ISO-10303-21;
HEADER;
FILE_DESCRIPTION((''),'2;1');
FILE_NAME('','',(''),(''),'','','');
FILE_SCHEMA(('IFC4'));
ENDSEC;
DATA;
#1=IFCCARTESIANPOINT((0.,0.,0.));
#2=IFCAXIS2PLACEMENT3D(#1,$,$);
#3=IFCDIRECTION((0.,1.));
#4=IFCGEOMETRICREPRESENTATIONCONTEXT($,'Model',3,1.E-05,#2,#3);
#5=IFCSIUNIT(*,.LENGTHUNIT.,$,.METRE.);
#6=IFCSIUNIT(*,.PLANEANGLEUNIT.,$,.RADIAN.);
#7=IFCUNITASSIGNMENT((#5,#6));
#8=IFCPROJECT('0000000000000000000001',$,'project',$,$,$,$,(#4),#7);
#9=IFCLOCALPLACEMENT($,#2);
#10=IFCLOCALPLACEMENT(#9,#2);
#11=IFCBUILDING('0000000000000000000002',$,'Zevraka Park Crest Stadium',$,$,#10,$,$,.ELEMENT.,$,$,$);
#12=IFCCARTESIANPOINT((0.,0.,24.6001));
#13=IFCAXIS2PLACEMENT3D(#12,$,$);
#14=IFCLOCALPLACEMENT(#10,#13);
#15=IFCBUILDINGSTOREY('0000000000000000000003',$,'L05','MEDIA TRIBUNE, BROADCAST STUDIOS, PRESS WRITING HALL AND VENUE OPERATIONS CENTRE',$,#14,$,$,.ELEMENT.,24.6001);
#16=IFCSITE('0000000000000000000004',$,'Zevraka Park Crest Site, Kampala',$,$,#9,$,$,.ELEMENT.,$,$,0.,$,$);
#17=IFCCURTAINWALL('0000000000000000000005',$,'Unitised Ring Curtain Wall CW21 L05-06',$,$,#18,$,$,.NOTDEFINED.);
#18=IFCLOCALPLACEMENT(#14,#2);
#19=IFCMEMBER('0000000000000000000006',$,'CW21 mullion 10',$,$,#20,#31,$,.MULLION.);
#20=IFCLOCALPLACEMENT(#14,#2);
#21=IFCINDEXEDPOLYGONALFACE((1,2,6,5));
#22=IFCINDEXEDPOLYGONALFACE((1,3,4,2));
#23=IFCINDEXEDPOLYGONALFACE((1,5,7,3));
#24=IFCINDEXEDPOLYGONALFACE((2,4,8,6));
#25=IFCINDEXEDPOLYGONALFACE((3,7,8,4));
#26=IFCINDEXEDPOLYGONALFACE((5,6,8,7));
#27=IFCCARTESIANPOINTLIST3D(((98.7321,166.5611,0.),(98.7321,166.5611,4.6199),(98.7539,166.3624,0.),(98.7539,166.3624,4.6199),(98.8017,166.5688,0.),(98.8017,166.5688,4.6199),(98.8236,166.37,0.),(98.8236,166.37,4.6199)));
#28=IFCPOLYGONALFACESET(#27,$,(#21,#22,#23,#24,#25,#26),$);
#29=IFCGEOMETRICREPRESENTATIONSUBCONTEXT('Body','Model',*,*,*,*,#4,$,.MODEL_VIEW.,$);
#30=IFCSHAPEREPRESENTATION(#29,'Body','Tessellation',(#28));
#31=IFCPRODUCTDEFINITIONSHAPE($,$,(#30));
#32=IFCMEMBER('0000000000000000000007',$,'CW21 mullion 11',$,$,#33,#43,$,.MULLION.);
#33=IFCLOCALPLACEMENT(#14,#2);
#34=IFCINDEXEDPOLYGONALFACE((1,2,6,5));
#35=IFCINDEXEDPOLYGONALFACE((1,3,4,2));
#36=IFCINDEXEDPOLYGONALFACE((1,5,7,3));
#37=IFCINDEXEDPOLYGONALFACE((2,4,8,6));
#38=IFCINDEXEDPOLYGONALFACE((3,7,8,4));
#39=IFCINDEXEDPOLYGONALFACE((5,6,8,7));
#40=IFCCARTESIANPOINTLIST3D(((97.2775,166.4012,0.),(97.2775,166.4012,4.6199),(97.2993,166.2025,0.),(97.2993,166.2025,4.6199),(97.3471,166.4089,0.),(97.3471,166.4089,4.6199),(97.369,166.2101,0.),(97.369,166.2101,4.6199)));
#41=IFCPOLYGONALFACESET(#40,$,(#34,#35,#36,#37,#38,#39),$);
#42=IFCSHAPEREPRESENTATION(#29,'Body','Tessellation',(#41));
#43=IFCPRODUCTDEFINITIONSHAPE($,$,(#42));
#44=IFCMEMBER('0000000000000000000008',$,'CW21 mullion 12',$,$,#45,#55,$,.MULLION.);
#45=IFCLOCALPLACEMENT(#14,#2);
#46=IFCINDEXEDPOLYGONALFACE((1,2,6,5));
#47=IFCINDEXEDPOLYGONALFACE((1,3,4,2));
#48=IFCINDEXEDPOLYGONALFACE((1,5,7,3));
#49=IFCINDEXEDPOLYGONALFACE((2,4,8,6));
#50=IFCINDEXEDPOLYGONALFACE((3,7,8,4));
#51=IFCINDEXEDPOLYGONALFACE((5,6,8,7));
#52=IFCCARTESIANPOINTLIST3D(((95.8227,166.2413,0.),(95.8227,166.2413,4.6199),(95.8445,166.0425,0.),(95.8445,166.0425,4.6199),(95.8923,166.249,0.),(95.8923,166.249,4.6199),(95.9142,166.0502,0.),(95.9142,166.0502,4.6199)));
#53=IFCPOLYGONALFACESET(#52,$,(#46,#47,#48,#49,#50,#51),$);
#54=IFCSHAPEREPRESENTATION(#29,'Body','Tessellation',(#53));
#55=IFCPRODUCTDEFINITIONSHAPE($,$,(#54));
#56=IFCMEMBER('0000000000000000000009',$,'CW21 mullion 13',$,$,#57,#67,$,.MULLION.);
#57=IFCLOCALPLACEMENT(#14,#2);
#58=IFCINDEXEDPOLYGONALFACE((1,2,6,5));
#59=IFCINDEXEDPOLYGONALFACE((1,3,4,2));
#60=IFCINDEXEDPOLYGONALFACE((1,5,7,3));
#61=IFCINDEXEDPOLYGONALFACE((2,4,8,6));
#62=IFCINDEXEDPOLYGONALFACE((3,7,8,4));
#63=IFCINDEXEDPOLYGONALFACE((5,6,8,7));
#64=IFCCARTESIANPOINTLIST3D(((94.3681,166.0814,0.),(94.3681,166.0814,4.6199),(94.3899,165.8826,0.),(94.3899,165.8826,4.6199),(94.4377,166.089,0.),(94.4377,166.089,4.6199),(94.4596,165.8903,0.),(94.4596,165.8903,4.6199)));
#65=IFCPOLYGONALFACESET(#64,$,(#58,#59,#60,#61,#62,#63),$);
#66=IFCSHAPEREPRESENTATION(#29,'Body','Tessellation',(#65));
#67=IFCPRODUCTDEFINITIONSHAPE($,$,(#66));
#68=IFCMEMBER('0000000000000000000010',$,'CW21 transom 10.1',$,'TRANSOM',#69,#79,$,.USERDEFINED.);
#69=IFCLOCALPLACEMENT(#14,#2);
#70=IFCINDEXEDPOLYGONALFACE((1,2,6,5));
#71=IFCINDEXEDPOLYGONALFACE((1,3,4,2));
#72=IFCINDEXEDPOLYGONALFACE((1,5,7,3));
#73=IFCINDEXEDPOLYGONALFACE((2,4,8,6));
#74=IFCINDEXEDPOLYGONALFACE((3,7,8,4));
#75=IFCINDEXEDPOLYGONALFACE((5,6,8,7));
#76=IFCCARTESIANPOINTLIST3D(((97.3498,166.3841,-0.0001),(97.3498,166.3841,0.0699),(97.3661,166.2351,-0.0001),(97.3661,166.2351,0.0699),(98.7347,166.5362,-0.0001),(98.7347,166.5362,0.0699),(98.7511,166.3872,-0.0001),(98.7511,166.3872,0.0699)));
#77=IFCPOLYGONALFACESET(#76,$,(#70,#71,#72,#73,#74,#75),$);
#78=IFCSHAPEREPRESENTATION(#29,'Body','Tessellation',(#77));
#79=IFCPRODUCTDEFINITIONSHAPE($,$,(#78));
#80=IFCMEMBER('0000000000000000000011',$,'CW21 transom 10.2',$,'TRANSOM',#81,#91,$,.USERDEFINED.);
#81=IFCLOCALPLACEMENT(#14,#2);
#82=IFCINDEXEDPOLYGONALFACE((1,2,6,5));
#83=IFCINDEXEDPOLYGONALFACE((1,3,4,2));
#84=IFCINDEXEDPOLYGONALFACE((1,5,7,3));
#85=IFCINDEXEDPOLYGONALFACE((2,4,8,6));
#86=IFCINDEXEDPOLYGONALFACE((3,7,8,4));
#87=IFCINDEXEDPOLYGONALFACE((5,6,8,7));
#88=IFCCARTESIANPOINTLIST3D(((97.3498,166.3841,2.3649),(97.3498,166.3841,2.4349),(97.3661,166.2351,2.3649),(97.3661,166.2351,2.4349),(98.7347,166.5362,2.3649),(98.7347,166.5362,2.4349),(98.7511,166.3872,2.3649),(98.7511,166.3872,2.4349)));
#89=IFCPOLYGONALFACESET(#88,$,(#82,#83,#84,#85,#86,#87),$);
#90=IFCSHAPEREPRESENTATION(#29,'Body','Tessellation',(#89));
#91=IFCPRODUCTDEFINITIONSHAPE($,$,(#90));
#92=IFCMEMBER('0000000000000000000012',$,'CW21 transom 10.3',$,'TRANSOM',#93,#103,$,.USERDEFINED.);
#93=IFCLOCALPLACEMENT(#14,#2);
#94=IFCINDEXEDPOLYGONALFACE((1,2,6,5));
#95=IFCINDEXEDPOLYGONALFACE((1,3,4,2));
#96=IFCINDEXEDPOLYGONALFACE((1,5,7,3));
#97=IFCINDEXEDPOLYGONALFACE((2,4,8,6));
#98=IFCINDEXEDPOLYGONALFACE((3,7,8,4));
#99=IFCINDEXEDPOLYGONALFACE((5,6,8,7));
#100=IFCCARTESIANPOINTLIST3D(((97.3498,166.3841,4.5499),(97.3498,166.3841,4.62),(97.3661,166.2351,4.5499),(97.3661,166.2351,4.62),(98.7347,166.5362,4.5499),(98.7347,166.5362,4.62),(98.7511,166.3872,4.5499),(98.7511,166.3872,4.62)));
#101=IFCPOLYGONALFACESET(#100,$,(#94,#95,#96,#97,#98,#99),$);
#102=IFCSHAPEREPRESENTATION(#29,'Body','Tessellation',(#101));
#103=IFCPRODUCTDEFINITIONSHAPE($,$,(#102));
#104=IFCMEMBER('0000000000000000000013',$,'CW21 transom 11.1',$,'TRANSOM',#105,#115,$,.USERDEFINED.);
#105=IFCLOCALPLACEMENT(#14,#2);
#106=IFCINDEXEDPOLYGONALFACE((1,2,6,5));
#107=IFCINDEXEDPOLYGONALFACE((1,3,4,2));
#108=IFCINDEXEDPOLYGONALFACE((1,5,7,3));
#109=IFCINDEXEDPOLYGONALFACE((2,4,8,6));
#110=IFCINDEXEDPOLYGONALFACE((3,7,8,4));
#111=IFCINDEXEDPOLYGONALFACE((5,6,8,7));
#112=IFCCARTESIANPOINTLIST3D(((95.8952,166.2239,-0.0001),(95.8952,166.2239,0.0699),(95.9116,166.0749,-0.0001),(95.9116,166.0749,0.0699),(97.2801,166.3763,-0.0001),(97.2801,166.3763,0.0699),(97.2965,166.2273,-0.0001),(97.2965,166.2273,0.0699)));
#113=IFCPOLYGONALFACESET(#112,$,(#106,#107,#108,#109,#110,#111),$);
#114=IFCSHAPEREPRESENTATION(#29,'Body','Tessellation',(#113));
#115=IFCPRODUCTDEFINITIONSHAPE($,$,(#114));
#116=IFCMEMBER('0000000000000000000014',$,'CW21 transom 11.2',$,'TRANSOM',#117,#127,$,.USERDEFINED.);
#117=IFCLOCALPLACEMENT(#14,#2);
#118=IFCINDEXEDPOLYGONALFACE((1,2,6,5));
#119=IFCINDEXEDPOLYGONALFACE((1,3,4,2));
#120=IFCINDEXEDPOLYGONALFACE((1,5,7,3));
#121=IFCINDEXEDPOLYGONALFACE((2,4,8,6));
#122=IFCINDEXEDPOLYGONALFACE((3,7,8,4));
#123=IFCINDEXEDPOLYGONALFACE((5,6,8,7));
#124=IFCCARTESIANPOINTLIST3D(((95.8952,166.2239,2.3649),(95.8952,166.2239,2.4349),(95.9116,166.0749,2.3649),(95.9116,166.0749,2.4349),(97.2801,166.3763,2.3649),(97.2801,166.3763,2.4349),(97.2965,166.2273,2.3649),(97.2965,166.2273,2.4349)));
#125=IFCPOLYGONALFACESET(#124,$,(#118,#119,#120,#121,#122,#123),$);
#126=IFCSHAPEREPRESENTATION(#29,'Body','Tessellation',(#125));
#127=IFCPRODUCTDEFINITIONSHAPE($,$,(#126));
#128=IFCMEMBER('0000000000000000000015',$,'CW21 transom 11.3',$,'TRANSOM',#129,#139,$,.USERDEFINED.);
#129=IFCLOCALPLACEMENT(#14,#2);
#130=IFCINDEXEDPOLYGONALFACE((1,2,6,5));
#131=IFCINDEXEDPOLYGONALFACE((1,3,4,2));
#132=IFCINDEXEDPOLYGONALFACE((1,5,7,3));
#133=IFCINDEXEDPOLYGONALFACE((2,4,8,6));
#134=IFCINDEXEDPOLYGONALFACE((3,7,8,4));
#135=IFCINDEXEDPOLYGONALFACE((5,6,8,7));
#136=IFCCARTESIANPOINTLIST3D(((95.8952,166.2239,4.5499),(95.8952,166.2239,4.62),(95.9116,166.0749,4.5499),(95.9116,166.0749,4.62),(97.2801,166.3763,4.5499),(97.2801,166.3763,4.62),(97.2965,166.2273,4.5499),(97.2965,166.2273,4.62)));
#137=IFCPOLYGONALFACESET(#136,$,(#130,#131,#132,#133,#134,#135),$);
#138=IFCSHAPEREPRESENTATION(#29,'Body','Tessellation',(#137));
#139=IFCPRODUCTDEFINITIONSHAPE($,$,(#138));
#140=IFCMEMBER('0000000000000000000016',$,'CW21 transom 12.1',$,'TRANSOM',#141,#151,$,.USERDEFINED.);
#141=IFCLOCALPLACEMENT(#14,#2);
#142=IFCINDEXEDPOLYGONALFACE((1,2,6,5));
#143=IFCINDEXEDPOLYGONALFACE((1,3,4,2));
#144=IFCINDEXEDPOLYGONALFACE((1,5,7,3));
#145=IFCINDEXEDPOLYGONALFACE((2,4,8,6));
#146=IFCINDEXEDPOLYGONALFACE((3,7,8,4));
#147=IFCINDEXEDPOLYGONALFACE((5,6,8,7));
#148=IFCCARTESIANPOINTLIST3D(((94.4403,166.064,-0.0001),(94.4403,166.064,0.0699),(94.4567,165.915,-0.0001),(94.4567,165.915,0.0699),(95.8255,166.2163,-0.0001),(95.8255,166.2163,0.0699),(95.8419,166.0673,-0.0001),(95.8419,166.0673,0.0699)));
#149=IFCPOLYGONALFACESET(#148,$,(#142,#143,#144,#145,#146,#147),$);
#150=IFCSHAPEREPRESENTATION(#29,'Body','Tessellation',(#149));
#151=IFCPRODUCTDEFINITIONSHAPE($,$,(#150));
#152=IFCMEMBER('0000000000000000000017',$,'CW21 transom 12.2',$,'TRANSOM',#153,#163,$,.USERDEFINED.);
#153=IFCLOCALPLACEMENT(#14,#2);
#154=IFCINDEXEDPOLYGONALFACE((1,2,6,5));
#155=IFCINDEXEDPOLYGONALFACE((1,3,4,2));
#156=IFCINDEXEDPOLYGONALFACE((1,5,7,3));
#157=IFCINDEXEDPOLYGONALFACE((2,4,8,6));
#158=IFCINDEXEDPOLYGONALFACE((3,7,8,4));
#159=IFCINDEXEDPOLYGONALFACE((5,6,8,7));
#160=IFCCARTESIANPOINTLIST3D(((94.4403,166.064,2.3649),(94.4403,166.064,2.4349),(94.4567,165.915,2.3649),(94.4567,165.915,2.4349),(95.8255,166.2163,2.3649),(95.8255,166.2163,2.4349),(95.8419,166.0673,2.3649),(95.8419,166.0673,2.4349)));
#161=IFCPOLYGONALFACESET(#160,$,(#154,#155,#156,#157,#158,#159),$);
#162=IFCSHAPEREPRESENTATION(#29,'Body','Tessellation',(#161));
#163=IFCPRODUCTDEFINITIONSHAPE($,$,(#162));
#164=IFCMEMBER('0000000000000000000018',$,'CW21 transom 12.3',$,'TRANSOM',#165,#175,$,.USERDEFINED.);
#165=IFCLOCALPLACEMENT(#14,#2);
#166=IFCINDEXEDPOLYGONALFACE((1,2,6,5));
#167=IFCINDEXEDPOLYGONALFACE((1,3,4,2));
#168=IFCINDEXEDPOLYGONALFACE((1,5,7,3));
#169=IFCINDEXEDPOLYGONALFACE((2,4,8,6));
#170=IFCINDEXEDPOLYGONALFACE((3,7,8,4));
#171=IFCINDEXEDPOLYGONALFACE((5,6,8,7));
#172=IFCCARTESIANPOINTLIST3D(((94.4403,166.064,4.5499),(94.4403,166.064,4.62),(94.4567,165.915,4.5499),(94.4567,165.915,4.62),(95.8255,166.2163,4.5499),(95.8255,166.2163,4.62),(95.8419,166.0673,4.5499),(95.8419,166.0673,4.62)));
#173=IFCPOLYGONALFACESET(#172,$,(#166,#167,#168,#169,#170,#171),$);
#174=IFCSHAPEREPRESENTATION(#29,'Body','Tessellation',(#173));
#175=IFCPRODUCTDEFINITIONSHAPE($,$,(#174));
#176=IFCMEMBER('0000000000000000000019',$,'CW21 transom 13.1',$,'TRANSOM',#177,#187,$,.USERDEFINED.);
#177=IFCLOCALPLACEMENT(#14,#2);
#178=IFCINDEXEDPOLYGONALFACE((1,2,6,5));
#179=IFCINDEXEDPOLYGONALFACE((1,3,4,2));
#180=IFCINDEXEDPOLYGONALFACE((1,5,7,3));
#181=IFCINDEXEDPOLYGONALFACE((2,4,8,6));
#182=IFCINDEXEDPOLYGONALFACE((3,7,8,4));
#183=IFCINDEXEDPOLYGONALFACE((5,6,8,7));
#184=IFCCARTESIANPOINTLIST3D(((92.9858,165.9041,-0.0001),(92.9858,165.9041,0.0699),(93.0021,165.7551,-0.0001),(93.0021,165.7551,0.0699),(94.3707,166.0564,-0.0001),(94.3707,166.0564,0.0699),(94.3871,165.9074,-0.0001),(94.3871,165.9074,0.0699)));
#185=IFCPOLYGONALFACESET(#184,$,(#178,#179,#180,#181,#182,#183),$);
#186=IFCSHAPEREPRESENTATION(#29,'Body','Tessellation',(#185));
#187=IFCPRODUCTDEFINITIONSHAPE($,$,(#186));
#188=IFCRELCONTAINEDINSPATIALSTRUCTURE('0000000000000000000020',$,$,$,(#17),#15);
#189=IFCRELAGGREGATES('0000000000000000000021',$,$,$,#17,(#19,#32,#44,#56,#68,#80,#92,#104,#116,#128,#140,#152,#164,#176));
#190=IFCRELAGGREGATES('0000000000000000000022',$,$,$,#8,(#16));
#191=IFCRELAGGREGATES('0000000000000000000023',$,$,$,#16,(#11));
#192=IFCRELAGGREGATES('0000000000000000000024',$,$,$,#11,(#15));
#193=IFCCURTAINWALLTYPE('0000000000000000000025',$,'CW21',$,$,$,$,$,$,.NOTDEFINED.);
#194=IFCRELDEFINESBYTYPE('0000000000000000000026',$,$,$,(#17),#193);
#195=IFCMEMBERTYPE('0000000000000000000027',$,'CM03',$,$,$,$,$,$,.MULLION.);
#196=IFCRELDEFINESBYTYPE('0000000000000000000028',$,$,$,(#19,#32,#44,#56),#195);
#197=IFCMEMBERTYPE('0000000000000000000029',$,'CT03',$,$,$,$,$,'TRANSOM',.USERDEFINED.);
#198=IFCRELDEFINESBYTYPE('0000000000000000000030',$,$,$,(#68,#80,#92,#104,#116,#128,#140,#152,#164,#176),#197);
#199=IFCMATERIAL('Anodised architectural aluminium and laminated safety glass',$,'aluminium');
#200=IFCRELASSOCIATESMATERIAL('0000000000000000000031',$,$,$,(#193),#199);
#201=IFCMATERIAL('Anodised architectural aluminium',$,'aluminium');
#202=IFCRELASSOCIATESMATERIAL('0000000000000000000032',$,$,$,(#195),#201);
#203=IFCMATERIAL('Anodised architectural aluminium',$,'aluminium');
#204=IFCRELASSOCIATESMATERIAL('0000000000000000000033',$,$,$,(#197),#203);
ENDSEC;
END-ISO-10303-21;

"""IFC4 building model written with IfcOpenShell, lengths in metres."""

from ifc_helpers import new_model, si_unit, direction, frame, origin, origin_2d, place, context, subcontext, project, spatial, rectangle, extrude, material, material_profile, profile_set, type_object, element, aggregate, save


model = new_model("IFC4")

# Units and contexts
model_context = context("Model", 3, precision=1e-05, world=origin(), true_north=direction((0.0, 1.0)))
body_context = subcontext(model_context, "Body", "Model", "MODEL_VIEW")
ifc_project = project(units=[si_unit("LENGTHUNIT", "METRE"), si_unit("PLANEANGLEUNIT", "RADIAN")], contexts=[model_context])

# Site, building, storey
site_placement = place(None, origin())
site = spatial("IfcSite", under=ifc_project, at=site_placement, Name="Zevraka Park Crest Site, Kampala", CompositionType="ELEMENT", RefElevation=0.0)
building_placement = place(site_placement, origin())
building = spatial("IfcBuilding", under=site, at=building_placement, Name="Zevraka Park Crest Stadium", CompositionType="ELEMENT")
storey_placement = place(building_placement, frame((0.0, 0.0, 24.6001)))
storey = spatial("IfcBuildingStorey", under=building, at=storey_placement, Name="L05", Description="MEDIA TRIBUNE, BROADCAST STUDIOS, PRESS WRITING HALL AND VENUE OPERATIONS CENTRE", CompositionType="ELEMENT", Elevation=24.6001)

# Curtain wall, members
ifc_material_1 = material(Name="Anodised architectural aluminium and laminated safety glass", Category="aluminium")
curtain_wall_type = type_object("IfcCurtainWallType", Name="CW21", PredefinedType="NOTDEFINED", material=ifc_material_1)
curtain_wall_placement = place(storey_placement, origin())
curtain_wall = element("IfcCurtainWall", 1, at=curtain_wall_placement, inside=storey, type_object=curtain_wall_type, Name="Unitised Ring Curtain Wall CW21 L05-06", PredefinedType="NOTDEFINED")
ifc_material_2 = material(Name="Anodised architectural aluminium", Category="aluminium")
ifc_material_profile_1 = material_profile(ifc_material_2, rectangle(XDim=0.2, YDim=0.0701, at=origin_2d()), Name="ALU MULLION 200x70")
ifc_profile_set_1 = profile_set([ifc_material_profile_1], Name="Anodised architectural aluminium")
member_type_1 = type_object("IfcMemberType", Name="CM03", PredefinedType="MULLION", material=ifc_profile_set_1)
member_1_placement = place(storey_placement, frame((98.7778, 166.4656, 0.0), z_axis=(0.0, 0.0, 1.0), x_axis=(0.109288, -0.99401, 0.0)))
member_1 = element("IfcMember", 2, at=member_1_placement, type_object=member_type_1, Name="CW21 mullion 10", PredefinedType="MULLION", context=body_context, shape_type="SweptSolid", body=[
    extrude(rectangle(XDim=0.2, YDim=0.0701, at=origin_2d()), origin(), (0.0, 0.0, 1.0), 4.6199),
])
member_2_placement = place(storey_placement, frame((97.3232, 166.3057, 0.0), z_axis=(0.0, 0.0, 1.0), x_axis=(0.109288, -0.99401, 0.0)))
member_2 = element("IfcMember", 3, at=member_2_placement, type_object=member_type_1, Name="CW21 mullion 11", PredefinedType="MULLION", context=body_context, shape_type="SweptSolid", body=[
    extrude(rectangle(XDim=0.2, YDim=0.0701, at=origin_2d()), origin(), (0.0, 0.0, 1.0), 4.6199),
])
member_3_placement = place(storey_placement, frame((95.8684, 166.1458, 0.0), z_axis=(0.0, 0.0, 1.0), x_axis=(0.109288, -0.99401, 0.0)))
member_3 = element("IfcMember", 4, at=member_3_placement, type_object=member_type_1, Name="CW21 mullion 12", PredefinedType="MULLION", context=body_context, shape_type="SweptSolid", body=[
    extrude(rectangle(XDim=0.2, YDim=0.0701, at=origin_2d()), origin(), (0.0, 0.0, 1.0), 4.6199),
])
member_4_placement = place(storey_placement, frame((94.4138, 165.9858, 0.0), z_axis=(0.0, 0.0, 1.0), x_axis=(0.109288, -0.99401, 0.0)))
member_4 = element("IfcMember", 5, at=member_4_placement, type_object=member_type_1, Name="CW21 mullion 13", PredefinedType="MULLION", context=body_context, shape_type="SweptSolid", body=[
    extrude(rectangle(XDim=0.2, YDim=0.0701, at=origin_2d()), origin(), (0.0, 0.0, 1.0), 4.6199),
])
ifc_material_3 = material(Name="Anodised architectural aluminium", Category="aluminium")
ifc_material_profile_2 = material_profile(ifc_material_3, rectangle(XDim=0.1499, YDim=0.0701, at=origin_2d()), Name="ALU TRANSOM 150x70")
ifc_profile_set_2 = profile_set([ifc_material_profile_2], Name="Anodised architectural aluminium")
member_type_2 = type_object("IfcMemberType", Name="CT03", ElementType="TRANSOM", PredefinedType="USERDEFINED", material=ifc_profile_set_2)
member_5_placement = place(storey_placement, frame((98.7429, 166.4617, 0.0349), z_axis=(-0.994024, -0.109162, 0.0), x_axis=(0.109162, -0.994024, 0.0)))
member_5 = element("IfcMember", 6, at=member_5_placement, type_object=member_type_2, Name="CW21 transom 10.1", ObjectType="TRANSOM", PredefinedType="USERDEFINED", context=body_context, shape_type="SweptSolid", body=[
    extrude(rectangle(XDim=0.1499, YDim=0.0701, at=origin_2d()), origin(), (0.0, 0.0, 1.0), 1.3933),
])
member_6_placement = place(storey_placement, frame((98.7429, 166.4617, 2.3999), z_axis=(-0.994024, -0.109162, 0.0), x_axis=(0.109162, -0.994024, 0.0)))
member_6 = element("IfcMember", 7, at=member_6_placement, type_object=member_type_2, Name="CW21 transom 10.2", ObjectType="TRANSOM", PredefinedType="USERDEFINED", context=body_context, shape_type="SweptSolid", body=[
    extrude(rectangle(XDim=0.1499, YDim=0.0701, at=origin_2d()), origin(), (0.0, 0.0, 1.0), 1.3933),
])
member_7_placement = place(storey_placement, frame((98.7429, 166.4617, 4.585), z_axis=(-0.994024, -0.109162, 0.0), x_axis=(0.109162, -0.994024, 0.0)))
member_7 = element("IfcMember", 8, at=member_7_placement, type_object=member_type_2, Name="CW21 transom 10.3", ObjectType="TRANSOM", PredefinedType="USERDEFINED", context=body_context, shape_type="SweptSolid", body=[
    extrude(rectangle(XDim=0.1499, YDim=0.0701, at=origin_2d()), origin(), (0.0, 0.0, 1.0), 1.3933),
])
member_8_placement = place(storey_placement, frame((97.2883, 166.3018, 0.0349), z_axis=(-0.994005, -0.109335, 0.0), x_axis=(0.109335, -0.994005, 0.0)))
member_8 = element("IfcMember", 9, at=member_8_placement, type_object=member_type_2, Name="CW21 transom 11.1", ObjectType="TRANSOM", PredefinedType="USERDEFINED", context=body_context, shape_type="SweptSolid", body=[
    extrude(rectangle(XDim=0.1499, YDim=0.0701, at=origin_2d()), origin(), (0.0, 0.0, 1.0), 1.3933),
])
member_9_placement = place(storey_placement, frame((97.2883, 166.3018, 2.3999), z_axis=(-0.994005, -0.109335, 0.0), x_axis=(0.109335, -0.994005, 0.0)))
member_9 = element("IfcMember", 10, at=member_9_placement, type_object=member_type_2, Name="CW21 transom 11.2", ObjectType="TRANSOM", PredefinedType="USERDEFINED", context=body_context, shape_type="SweptSolid", body=[
    extrude(rectangle(XDim=0.1499, YDim=0.0701, at=origin_2d()), origin(), (0.0, 0.0, 1.0), 1.3933),
])
member_10_placement = place(storey_placement, frame((97.2883, 166.3018, 4.585), z_axis=(-0.994005, -0.109335, 0.0), x_axis=(0.109335, -0.994005, 0.0)))
member_10 = element("IfcMember", 11, at=member_10_placement, type_object=member_type_2, Name="CW21 transom 11.3", ObjectType="TRANSOM", PredefinedType="USERDEFINED", context=body_context, shape_type="SweptSolid", body=[
    extrude(rectangle(XDim=0.1499, YDim=0.0701, at=origin_2d()), origin(), (0.0, 0.0, 1.0), 1.3933),
])
member_11_placement = place(storey_placement, frame((95.8337, 166.1418, 0.0349), z_axis=(-0.994007, -0.109316, 0.0), x_axis=(0.109316, -0.994007, 0.0)))
member_11 = element("IfcMember", 12, at=member_11_placement, type_object=member_type_2, Name="CW21 transom 12.1", ObjectType="TRANSOM", PredefinedType="USERDEFINED", context=body_context, shape_type="SweptSolid", body=[
    extrude(rectangle(XDim=0.1499, YDim=0.0701, at=origin_2d()), origin(), (0.0, 0.0, 1.0), 1.3936),
])
member_12_placement = place(storey_placement, frame((95.8337, 166.1418, 2.3999), z_axis=(-0.994007, -0.109316, 0.0), x_axis=(0.109316, -0.994007, 0.0)))
member_12 = element("IfcMember", 13, at=member_12_placement, type_object=member_type_2, Name="CW21 transom 12.2", ObjectType="TRANSOM", PredefinedType="USERDEFINED", context=body_context, shape_type="SweptSolid", body=[
    extrude(rectangle(XDim=0.1499, YDim=0.0701, at=origin_2d()), origin(), (0.0, 0.0, 1.0), 1.3936),
])
member_13_placement = place(storey_placement, frame((95.8337, 166.1418, 4.585), z_axis=(-0.994007, -0.109316, 0.0), x_axis=(0.109316, -0.994007, 0.0)))
member_13 = element("IfcMember", 14, at=member_13_placement, type_object=member_type_2, Name="CW21 transom 12.3", ObjectType="TRANSOM", PredefinedType="USERDEFINED", context=body_context, shape_type="SweptSolid", body=[
    extrude(rectangle(XDim=0.1499, YDim=0.0701, at=origin_2d()), origin(), (0.0, 0.0, 1.0), 1.3936),
])
member_14_placement = place(storey_placement, frame((94.3789, 165.9819, 0.0349), z_axis=(-0.994005, -0.109335, 0.0), x_axis=(0.109335, -0.994005, 0.0)))
member_14 = element("IfcMember", 15, at=member_14_placement, type_object=member_type_2, Name="CW21 transom 13.1", ObjectType="TRANSOM", PredefinedType="USERDEFINED", context=body_context, shape_type="SweptSolid", body=[
    extrude(rectangle(XDim=0.1499, YDim=0.0701, at=origin_2d()), origin(), (0.0, 0.0, 1.0), 1.3933),
])
aggregate(curtain_wall, [member_1, member_2, member_3, member_4, member_5, member_6, member_7, member_8, member_9, member_10, member_11, member_12, member_13, member_14])

save(model, "model.ifc")
